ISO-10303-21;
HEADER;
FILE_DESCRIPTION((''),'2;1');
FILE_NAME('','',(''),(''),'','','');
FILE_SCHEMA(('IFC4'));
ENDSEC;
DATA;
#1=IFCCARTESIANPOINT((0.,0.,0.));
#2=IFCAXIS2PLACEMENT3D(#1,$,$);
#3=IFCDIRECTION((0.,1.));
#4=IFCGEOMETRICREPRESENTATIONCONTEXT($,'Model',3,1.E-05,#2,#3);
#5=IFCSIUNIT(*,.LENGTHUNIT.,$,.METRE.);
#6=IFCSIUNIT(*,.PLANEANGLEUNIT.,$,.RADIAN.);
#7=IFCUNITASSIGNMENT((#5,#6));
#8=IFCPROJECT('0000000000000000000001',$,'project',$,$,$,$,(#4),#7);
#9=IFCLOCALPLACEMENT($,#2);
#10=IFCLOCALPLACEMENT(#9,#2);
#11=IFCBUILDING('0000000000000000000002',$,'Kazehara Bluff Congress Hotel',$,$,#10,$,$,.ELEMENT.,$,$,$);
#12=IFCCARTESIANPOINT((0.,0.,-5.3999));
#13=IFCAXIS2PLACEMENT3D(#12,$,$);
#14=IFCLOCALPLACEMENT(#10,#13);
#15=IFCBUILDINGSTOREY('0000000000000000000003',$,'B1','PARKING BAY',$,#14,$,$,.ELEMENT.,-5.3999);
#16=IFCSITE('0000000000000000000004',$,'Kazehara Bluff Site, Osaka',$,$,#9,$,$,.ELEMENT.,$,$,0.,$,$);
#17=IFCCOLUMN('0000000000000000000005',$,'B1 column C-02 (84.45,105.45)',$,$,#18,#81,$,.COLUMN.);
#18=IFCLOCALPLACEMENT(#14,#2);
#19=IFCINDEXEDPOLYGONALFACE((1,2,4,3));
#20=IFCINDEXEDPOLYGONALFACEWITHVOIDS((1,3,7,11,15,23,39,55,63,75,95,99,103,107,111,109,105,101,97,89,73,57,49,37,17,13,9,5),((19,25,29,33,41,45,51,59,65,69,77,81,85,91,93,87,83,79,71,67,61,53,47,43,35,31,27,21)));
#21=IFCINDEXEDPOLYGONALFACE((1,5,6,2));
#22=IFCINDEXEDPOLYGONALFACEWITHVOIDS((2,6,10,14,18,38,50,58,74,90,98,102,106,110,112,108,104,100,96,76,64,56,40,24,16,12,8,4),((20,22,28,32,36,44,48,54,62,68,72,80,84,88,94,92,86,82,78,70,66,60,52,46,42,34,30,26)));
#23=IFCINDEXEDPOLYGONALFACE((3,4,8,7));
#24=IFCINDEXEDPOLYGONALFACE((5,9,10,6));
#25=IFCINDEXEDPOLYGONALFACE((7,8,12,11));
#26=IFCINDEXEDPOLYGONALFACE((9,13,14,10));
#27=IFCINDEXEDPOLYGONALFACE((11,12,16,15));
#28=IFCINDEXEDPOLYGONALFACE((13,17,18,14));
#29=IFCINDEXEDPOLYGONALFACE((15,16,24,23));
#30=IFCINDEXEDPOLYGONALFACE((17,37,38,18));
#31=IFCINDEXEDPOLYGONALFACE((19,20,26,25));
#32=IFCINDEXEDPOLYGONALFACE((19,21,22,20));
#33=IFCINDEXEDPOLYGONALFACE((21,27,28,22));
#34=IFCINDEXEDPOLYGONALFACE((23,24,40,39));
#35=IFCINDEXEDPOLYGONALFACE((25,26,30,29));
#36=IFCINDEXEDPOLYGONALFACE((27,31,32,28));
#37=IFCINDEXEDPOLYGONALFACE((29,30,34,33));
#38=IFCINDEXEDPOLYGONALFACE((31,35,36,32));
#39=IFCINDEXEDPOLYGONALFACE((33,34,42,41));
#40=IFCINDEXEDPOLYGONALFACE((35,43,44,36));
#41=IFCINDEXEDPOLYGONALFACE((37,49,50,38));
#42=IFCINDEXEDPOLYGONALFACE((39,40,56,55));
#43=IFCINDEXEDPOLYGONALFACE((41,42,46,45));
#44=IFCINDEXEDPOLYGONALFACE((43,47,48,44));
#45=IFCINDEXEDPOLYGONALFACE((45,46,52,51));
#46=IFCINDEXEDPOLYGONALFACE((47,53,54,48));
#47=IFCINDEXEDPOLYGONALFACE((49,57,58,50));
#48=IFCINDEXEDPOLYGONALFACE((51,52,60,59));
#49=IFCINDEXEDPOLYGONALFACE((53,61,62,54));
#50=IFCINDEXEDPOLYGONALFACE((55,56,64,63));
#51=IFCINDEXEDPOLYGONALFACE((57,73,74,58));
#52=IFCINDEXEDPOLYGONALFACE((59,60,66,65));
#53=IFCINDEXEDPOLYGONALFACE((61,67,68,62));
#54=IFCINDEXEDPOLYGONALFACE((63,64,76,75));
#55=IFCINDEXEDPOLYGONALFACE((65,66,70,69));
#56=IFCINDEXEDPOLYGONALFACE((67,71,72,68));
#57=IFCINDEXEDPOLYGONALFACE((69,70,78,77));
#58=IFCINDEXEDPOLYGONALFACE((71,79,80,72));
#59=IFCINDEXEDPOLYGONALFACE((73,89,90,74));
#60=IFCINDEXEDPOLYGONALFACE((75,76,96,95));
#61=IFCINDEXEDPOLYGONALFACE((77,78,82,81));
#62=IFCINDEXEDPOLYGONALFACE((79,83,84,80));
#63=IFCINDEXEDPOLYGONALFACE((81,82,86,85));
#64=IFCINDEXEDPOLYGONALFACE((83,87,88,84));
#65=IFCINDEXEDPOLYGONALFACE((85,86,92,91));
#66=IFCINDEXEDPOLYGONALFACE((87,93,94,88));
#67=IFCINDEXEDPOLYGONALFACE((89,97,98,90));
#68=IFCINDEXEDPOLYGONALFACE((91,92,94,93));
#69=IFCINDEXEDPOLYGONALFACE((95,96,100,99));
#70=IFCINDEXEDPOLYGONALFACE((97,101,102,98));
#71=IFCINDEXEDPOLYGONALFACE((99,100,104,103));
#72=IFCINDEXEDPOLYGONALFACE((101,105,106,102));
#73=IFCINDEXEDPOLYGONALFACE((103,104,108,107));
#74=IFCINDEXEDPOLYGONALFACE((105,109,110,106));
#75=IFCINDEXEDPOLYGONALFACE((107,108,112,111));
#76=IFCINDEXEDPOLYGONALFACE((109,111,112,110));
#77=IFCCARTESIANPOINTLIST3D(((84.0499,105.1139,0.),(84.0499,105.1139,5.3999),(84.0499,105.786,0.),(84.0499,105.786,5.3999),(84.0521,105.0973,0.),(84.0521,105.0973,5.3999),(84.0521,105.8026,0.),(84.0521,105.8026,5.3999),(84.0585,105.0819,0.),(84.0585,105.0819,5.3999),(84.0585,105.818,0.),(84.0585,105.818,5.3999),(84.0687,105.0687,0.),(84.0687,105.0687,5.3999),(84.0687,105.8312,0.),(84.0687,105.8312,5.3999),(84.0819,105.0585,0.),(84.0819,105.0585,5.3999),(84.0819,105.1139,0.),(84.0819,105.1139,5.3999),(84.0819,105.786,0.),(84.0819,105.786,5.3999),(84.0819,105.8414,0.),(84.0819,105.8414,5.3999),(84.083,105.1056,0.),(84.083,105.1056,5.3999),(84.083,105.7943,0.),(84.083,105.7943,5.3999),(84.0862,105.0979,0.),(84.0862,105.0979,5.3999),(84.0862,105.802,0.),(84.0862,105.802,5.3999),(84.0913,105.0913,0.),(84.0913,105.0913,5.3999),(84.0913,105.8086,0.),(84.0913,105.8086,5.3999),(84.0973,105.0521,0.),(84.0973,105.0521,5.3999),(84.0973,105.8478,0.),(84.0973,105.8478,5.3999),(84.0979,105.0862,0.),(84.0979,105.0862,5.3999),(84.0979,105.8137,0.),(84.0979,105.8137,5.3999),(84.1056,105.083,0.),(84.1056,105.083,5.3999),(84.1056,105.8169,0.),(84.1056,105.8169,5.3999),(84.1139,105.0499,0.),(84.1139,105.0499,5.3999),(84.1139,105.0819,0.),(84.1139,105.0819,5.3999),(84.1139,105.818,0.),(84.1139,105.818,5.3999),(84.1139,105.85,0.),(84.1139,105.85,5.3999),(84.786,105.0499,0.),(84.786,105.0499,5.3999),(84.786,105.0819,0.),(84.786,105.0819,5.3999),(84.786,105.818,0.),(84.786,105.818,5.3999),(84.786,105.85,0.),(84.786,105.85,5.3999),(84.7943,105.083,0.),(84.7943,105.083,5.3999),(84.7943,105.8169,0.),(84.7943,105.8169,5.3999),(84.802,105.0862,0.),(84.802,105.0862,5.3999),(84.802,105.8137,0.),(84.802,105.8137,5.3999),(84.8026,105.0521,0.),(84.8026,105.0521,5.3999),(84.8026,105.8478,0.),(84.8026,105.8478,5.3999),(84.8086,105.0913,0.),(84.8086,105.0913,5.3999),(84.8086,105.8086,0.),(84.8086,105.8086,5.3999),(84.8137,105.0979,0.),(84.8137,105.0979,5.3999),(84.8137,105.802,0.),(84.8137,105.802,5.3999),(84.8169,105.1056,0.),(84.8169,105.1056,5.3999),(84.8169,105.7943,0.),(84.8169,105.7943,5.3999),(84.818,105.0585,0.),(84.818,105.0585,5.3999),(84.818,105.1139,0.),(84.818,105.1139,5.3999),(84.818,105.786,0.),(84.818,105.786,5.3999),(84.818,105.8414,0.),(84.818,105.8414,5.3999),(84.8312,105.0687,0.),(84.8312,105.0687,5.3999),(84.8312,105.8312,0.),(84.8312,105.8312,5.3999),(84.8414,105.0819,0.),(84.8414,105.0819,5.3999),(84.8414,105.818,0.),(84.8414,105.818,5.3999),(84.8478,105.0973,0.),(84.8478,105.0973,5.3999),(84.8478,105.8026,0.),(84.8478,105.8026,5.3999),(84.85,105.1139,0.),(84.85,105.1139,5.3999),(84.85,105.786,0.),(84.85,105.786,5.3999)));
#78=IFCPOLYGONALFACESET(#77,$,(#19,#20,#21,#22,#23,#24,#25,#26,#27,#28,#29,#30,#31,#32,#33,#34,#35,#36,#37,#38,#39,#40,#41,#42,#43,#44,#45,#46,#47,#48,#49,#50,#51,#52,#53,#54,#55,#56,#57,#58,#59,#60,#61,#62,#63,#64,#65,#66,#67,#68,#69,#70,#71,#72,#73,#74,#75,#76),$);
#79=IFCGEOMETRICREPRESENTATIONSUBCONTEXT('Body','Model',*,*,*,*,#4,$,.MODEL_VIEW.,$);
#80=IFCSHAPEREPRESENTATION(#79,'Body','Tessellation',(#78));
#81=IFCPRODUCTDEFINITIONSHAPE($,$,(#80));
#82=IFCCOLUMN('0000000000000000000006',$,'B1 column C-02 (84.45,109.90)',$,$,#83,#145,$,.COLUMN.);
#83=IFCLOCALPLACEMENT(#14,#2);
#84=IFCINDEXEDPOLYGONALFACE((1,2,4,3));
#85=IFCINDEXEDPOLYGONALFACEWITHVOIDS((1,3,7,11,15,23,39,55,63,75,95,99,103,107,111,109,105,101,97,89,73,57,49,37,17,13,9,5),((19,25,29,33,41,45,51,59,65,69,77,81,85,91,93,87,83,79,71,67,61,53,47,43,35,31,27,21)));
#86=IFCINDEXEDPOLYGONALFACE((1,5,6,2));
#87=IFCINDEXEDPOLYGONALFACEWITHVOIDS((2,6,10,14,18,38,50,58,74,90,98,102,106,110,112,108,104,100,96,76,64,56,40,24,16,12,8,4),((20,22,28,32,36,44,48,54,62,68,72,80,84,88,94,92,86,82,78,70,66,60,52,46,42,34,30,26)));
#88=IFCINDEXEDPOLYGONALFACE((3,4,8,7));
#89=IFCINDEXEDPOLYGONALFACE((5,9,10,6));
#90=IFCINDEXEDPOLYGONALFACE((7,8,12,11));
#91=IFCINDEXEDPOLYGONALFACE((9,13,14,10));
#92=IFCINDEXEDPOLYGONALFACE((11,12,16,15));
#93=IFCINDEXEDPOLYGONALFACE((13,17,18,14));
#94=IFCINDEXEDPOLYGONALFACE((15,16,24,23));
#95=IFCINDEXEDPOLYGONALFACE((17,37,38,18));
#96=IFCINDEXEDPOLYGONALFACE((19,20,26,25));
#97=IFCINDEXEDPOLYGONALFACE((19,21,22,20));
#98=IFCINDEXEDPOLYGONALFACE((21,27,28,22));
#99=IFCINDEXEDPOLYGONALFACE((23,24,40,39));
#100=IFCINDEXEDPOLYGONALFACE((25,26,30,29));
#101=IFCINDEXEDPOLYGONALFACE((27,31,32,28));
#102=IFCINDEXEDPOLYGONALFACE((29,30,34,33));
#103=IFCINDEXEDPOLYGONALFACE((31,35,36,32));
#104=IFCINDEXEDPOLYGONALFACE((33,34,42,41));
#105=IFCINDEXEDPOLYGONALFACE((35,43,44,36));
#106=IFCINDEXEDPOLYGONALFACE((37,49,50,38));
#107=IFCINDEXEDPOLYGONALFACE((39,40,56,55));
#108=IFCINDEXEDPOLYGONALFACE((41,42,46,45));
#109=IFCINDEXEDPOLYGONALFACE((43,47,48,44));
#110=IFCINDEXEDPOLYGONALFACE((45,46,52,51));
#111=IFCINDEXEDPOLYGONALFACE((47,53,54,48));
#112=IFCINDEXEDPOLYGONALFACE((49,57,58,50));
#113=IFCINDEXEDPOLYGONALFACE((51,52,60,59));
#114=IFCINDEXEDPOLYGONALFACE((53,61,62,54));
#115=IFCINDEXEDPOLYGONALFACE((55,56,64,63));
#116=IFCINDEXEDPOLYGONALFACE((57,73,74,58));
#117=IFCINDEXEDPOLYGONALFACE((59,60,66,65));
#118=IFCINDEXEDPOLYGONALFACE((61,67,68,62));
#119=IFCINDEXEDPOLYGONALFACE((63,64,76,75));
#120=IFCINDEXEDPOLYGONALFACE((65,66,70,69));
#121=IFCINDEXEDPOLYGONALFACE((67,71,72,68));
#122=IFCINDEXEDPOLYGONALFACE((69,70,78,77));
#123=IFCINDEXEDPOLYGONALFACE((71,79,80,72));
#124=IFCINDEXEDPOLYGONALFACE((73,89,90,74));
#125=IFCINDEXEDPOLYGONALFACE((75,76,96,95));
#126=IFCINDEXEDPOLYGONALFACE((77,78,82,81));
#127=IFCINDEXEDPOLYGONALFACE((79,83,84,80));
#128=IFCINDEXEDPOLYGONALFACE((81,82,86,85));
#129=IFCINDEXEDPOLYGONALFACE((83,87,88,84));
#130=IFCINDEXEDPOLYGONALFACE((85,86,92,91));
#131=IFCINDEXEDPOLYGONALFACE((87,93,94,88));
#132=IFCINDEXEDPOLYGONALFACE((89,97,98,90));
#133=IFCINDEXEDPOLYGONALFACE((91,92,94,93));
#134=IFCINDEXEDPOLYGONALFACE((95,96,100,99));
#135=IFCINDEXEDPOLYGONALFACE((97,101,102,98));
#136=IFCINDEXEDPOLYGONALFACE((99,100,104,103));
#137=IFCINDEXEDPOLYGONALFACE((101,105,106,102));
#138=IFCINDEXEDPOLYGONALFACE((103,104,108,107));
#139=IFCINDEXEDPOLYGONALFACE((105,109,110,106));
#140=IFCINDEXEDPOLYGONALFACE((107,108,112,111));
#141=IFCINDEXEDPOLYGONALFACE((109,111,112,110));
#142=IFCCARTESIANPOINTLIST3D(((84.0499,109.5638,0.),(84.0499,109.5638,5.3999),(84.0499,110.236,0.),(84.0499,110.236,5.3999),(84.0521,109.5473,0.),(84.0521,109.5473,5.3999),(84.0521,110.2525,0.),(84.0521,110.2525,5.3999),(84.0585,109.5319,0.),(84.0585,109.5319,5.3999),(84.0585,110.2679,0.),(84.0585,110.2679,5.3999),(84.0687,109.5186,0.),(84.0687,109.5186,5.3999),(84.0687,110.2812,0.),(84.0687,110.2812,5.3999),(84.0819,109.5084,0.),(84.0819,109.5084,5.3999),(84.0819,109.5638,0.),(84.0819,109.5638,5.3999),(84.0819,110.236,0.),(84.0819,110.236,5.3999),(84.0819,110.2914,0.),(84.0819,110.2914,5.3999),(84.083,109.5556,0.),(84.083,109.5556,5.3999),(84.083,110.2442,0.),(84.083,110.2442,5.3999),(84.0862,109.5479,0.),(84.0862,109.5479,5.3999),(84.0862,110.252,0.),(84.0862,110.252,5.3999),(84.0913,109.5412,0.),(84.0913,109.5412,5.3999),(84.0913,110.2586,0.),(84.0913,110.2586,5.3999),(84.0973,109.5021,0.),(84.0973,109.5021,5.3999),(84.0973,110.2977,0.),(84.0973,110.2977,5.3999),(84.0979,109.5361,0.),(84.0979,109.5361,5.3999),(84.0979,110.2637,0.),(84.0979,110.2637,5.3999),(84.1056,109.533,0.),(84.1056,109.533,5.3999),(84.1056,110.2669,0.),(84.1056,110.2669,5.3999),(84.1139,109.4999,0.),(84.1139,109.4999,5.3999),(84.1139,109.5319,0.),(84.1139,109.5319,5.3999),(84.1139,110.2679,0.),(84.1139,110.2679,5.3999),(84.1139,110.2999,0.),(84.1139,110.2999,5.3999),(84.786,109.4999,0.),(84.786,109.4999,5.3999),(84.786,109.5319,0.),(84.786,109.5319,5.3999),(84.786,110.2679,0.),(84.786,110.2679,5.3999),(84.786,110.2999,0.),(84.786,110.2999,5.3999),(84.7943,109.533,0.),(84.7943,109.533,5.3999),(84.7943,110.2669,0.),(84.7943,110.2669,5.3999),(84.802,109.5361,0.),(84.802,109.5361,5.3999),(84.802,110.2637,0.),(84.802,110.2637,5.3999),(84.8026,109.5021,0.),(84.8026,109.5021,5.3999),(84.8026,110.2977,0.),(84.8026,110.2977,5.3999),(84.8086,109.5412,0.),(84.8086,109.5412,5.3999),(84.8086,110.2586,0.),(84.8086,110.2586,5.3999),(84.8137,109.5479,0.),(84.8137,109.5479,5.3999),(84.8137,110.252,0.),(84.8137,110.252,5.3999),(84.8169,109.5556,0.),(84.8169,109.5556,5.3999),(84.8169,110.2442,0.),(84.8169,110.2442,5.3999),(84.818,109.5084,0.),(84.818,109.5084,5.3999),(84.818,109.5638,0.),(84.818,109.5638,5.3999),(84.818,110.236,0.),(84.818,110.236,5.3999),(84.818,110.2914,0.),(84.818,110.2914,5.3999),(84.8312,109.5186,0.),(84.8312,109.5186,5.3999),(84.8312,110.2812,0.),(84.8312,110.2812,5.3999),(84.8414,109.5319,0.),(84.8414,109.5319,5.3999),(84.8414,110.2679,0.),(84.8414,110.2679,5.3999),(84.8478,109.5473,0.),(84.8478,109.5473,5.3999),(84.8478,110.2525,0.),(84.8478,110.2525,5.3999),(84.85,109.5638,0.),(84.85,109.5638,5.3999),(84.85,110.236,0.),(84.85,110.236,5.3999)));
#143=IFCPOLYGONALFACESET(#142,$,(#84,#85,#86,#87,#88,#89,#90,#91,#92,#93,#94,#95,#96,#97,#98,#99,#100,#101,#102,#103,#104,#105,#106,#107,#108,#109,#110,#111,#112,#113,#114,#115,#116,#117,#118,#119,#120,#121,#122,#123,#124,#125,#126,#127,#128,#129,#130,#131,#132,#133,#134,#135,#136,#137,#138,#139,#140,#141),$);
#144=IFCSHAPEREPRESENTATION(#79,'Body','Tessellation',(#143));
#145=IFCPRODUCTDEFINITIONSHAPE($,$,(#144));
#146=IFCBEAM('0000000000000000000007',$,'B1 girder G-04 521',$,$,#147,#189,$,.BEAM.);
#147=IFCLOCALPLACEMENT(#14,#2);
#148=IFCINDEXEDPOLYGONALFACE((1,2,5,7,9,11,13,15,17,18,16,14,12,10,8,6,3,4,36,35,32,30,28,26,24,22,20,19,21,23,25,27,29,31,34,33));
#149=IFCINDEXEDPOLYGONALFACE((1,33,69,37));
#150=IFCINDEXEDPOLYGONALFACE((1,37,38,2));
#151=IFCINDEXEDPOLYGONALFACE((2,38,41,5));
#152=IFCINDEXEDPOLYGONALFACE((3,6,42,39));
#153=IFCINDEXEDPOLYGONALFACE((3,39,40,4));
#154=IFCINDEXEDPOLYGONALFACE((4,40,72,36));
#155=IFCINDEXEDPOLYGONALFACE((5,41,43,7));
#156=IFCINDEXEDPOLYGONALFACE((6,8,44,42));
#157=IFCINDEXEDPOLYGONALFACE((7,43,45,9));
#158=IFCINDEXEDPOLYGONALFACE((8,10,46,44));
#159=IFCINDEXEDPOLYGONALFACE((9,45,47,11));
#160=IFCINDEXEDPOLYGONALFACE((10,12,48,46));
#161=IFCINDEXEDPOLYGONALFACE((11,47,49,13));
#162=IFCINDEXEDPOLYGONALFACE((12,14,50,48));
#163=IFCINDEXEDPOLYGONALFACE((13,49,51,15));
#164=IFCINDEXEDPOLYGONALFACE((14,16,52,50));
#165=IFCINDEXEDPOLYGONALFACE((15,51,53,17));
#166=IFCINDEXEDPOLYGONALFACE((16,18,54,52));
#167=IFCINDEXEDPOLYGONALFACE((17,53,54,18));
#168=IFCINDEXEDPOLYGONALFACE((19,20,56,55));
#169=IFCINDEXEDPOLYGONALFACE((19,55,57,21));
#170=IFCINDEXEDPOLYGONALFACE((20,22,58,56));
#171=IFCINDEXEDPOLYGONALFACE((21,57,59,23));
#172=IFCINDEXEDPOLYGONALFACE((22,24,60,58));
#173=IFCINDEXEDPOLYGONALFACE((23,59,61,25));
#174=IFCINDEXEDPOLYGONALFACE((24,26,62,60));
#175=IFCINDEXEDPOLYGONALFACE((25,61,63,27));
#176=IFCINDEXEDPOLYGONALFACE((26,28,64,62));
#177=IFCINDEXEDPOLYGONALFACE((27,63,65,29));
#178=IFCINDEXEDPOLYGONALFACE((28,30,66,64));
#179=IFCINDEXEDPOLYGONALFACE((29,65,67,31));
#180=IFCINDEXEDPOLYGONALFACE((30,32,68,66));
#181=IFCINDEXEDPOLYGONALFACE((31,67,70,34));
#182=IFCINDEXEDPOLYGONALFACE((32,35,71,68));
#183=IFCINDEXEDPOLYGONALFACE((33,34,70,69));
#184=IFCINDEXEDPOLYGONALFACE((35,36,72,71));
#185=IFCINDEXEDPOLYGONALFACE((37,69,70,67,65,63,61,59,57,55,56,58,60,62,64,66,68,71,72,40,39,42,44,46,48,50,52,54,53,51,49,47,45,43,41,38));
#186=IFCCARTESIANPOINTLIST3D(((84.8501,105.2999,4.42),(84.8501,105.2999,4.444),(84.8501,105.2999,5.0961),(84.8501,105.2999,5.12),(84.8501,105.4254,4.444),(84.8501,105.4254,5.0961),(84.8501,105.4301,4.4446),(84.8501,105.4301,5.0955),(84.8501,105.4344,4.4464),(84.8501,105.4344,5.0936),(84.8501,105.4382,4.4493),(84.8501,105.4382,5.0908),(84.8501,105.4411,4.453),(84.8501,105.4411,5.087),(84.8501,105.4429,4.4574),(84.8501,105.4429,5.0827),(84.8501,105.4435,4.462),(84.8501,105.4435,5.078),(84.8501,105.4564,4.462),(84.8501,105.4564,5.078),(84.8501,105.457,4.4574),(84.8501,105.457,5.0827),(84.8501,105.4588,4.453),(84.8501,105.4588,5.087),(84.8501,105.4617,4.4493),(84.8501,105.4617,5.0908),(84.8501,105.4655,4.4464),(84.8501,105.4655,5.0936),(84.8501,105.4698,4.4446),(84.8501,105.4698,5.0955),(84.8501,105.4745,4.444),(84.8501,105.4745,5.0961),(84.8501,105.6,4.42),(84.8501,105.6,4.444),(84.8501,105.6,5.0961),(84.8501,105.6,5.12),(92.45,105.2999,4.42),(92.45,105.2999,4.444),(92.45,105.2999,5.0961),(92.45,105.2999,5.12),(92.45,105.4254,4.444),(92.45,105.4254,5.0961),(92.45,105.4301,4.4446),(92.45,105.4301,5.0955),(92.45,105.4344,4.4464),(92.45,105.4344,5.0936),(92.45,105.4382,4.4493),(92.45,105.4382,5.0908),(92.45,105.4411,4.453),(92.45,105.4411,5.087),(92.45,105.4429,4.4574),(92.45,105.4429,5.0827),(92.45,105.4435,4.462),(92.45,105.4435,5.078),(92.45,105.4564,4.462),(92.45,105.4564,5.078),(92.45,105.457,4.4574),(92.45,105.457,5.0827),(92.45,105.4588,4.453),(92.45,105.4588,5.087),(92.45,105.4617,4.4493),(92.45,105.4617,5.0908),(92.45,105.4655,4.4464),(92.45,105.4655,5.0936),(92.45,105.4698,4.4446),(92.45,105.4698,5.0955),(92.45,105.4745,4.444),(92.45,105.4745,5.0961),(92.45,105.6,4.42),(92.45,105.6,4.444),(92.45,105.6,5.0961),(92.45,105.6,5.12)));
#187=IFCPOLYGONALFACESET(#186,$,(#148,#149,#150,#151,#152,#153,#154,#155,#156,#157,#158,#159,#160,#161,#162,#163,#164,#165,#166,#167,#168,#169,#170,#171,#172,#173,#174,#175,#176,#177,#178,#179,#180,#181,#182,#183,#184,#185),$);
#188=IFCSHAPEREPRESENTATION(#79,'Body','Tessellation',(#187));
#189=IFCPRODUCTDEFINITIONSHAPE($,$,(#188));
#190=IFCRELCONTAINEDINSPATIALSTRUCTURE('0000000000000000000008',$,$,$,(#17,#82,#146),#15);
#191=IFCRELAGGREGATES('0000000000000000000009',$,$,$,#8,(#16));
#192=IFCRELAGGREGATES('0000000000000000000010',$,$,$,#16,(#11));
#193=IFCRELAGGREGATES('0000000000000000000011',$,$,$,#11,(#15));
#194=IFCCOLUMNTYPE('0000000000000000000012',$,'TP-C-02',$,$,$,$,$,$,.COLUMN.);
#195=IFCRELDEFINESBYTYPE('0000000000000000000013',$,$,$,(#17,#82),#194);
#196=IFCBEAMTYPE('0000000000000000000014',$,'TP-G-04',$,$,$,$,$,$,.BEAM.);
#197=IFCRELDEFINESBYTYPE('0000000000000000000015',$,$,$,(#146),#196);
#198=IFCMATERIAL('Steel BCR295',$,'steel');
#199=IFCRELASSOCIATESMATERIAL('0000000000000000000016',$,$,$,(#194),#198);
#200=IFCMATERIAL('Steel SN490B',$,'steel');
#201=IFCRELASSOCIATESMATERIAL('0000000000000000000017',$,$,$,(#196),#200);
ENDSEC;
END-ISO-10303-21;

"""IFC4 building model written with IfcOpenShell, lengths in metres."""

from ifc_helpers import new_model, si_unit, direction, frame, origin, origin_2d, place, context, subcontext, project, spatial, hollow_rectangle, i_section, extrude, material, material_profile, profile_set, type_object, element, save


model = new_model("IFC4")

# Units and contexts
model_context = context("Model", 3, precision=1e-05, world=origin(), true_north=direction((0.0, 1.0)))
body_context = subcontext(model_context, "Body", "Model", "MODEL_VIEW")
ifc_project = project(units=[si_unit("LENGTHUNIT", "METRE"), si_unit("PLANEANGLEUNIT", "RADIAN")], contexts=[model_context])

# Site, building, storey
site_placement = place(None, origin())
site = spatial("IfcSite", under=ifc_project, at=site_placement, Name="Kazehara Bluff Site, Osaka", CompositionType="ELEMENT", RefElevation=0.0)
building_placement = place(site_placement, origin())
building = spatial("IfcBuilding", under=site, at=building_placement, Name="Kazehara Bluff Congress Hotel", CompositionType="ELEMENT")
storey_placement = place(building_placement, frame((0.0, 0.0, -5.3999)))
storey = spatial("IfcBuildingStorey", under=building, at=storey_placement, Name="B1", Description="PARKING BAY", CompositionType="ELEMENT", Elevation=-5.3999)

# Columns
ifc_material_1 = material(Name="Steel BCR295", Category="steel")
ifc_material_profile_1 = material_profile(ifc_material_1, hollow_rectangle(XDim=0.8, YDim=0.8, WallThickness=0.032, InnerFilletRadius=0.032, OuterFilletRadius=0.064, at=origin_2d()))
ifc_profile_set_1 = profile_set([ifc_material_profile_1], Name="Steel BCR295")
column_type = type_object("IfcColumnType", Name="TP-C-02", PredefinedType="COLUMN", material=ifc_profile_set_1)
for number, where, z_axis, x_axis, name in (
    (1, (84.45, 105.45, 0.0), (0.0, 0.0, 1.0), (1.0, 0.0, 0.0), "B1 column C-02 (84.45,105.45)"),
    (2, (84.45, 109.8999, 0.0), (0.0, 0.0, 1.0), (1.0, 0.0, 0.0), "B1 column C-02 (84.45,109.90)"),
):
    element("IfcColumn", number, at=place(storey_placement, frame(where, z_axis=z_axis, x_axis=x_axis)), inside=storey, type_object=column_type, Name=name, PredefinedType="COLUMN", context=body_context, shape_type="SweptSolid", body=[
        extrude(hollow_rectangle(XDim=0.8, YDim=0.8, WallThickness=0.032, InnerFilletRadius=0.032, OuterFilletRadius=0.064, at=origin_2d()), origin(), (0.0, 0.0, 1.0), 5.3999),
    ])

# Beam
ifc_material_2 = material(Name="Steel SN490B", Category="steel")
ifc_material_profile_2 = material_profile(ifc_material_2, i_section(OverallWidth=0.3, OverallDepth=0.7, WebThickness=0.0129, FlangeThickness=0.0239, FilletRadius=0.0181, at=origin_2d()))
ifc_profile_set_2 = profile_set([ifc_material_profile_2], Name="Steel SN490B")
beam_type_1 = type_object("IfcBeamType", Name="TP-G-04", PredefinedType="BEAM", material=ifc_profile_set_2)
for number, where, z_axis, x_axis, name in (
    (3, (84.8501, 105.45, 4.77), (1.0, 0.0, 0.0), (0.0, 1.0, 0.0), "B1 girder G-04 521"),
):
    element("IfcBeam", number, at=place(storey_placement, frame(where, z_axis=z_axis, x_axis=x_axis)), inside=storey, type_object=beam_type_1, Name=name, PredefinedType="BEAM", context=body_context, shape_type="SweptSolid", body=[
        extrude(i_section(OverallWidth=0.3, OverallDepth=0.7, WebThickness=0.0129, FlangeThickness=0.0239, FilletRadius=0.0181, at=origin_2d()), origin(), (0.0, 0.0, 1.0), 7.5999),
    ])

save(model, "model.ifc")
